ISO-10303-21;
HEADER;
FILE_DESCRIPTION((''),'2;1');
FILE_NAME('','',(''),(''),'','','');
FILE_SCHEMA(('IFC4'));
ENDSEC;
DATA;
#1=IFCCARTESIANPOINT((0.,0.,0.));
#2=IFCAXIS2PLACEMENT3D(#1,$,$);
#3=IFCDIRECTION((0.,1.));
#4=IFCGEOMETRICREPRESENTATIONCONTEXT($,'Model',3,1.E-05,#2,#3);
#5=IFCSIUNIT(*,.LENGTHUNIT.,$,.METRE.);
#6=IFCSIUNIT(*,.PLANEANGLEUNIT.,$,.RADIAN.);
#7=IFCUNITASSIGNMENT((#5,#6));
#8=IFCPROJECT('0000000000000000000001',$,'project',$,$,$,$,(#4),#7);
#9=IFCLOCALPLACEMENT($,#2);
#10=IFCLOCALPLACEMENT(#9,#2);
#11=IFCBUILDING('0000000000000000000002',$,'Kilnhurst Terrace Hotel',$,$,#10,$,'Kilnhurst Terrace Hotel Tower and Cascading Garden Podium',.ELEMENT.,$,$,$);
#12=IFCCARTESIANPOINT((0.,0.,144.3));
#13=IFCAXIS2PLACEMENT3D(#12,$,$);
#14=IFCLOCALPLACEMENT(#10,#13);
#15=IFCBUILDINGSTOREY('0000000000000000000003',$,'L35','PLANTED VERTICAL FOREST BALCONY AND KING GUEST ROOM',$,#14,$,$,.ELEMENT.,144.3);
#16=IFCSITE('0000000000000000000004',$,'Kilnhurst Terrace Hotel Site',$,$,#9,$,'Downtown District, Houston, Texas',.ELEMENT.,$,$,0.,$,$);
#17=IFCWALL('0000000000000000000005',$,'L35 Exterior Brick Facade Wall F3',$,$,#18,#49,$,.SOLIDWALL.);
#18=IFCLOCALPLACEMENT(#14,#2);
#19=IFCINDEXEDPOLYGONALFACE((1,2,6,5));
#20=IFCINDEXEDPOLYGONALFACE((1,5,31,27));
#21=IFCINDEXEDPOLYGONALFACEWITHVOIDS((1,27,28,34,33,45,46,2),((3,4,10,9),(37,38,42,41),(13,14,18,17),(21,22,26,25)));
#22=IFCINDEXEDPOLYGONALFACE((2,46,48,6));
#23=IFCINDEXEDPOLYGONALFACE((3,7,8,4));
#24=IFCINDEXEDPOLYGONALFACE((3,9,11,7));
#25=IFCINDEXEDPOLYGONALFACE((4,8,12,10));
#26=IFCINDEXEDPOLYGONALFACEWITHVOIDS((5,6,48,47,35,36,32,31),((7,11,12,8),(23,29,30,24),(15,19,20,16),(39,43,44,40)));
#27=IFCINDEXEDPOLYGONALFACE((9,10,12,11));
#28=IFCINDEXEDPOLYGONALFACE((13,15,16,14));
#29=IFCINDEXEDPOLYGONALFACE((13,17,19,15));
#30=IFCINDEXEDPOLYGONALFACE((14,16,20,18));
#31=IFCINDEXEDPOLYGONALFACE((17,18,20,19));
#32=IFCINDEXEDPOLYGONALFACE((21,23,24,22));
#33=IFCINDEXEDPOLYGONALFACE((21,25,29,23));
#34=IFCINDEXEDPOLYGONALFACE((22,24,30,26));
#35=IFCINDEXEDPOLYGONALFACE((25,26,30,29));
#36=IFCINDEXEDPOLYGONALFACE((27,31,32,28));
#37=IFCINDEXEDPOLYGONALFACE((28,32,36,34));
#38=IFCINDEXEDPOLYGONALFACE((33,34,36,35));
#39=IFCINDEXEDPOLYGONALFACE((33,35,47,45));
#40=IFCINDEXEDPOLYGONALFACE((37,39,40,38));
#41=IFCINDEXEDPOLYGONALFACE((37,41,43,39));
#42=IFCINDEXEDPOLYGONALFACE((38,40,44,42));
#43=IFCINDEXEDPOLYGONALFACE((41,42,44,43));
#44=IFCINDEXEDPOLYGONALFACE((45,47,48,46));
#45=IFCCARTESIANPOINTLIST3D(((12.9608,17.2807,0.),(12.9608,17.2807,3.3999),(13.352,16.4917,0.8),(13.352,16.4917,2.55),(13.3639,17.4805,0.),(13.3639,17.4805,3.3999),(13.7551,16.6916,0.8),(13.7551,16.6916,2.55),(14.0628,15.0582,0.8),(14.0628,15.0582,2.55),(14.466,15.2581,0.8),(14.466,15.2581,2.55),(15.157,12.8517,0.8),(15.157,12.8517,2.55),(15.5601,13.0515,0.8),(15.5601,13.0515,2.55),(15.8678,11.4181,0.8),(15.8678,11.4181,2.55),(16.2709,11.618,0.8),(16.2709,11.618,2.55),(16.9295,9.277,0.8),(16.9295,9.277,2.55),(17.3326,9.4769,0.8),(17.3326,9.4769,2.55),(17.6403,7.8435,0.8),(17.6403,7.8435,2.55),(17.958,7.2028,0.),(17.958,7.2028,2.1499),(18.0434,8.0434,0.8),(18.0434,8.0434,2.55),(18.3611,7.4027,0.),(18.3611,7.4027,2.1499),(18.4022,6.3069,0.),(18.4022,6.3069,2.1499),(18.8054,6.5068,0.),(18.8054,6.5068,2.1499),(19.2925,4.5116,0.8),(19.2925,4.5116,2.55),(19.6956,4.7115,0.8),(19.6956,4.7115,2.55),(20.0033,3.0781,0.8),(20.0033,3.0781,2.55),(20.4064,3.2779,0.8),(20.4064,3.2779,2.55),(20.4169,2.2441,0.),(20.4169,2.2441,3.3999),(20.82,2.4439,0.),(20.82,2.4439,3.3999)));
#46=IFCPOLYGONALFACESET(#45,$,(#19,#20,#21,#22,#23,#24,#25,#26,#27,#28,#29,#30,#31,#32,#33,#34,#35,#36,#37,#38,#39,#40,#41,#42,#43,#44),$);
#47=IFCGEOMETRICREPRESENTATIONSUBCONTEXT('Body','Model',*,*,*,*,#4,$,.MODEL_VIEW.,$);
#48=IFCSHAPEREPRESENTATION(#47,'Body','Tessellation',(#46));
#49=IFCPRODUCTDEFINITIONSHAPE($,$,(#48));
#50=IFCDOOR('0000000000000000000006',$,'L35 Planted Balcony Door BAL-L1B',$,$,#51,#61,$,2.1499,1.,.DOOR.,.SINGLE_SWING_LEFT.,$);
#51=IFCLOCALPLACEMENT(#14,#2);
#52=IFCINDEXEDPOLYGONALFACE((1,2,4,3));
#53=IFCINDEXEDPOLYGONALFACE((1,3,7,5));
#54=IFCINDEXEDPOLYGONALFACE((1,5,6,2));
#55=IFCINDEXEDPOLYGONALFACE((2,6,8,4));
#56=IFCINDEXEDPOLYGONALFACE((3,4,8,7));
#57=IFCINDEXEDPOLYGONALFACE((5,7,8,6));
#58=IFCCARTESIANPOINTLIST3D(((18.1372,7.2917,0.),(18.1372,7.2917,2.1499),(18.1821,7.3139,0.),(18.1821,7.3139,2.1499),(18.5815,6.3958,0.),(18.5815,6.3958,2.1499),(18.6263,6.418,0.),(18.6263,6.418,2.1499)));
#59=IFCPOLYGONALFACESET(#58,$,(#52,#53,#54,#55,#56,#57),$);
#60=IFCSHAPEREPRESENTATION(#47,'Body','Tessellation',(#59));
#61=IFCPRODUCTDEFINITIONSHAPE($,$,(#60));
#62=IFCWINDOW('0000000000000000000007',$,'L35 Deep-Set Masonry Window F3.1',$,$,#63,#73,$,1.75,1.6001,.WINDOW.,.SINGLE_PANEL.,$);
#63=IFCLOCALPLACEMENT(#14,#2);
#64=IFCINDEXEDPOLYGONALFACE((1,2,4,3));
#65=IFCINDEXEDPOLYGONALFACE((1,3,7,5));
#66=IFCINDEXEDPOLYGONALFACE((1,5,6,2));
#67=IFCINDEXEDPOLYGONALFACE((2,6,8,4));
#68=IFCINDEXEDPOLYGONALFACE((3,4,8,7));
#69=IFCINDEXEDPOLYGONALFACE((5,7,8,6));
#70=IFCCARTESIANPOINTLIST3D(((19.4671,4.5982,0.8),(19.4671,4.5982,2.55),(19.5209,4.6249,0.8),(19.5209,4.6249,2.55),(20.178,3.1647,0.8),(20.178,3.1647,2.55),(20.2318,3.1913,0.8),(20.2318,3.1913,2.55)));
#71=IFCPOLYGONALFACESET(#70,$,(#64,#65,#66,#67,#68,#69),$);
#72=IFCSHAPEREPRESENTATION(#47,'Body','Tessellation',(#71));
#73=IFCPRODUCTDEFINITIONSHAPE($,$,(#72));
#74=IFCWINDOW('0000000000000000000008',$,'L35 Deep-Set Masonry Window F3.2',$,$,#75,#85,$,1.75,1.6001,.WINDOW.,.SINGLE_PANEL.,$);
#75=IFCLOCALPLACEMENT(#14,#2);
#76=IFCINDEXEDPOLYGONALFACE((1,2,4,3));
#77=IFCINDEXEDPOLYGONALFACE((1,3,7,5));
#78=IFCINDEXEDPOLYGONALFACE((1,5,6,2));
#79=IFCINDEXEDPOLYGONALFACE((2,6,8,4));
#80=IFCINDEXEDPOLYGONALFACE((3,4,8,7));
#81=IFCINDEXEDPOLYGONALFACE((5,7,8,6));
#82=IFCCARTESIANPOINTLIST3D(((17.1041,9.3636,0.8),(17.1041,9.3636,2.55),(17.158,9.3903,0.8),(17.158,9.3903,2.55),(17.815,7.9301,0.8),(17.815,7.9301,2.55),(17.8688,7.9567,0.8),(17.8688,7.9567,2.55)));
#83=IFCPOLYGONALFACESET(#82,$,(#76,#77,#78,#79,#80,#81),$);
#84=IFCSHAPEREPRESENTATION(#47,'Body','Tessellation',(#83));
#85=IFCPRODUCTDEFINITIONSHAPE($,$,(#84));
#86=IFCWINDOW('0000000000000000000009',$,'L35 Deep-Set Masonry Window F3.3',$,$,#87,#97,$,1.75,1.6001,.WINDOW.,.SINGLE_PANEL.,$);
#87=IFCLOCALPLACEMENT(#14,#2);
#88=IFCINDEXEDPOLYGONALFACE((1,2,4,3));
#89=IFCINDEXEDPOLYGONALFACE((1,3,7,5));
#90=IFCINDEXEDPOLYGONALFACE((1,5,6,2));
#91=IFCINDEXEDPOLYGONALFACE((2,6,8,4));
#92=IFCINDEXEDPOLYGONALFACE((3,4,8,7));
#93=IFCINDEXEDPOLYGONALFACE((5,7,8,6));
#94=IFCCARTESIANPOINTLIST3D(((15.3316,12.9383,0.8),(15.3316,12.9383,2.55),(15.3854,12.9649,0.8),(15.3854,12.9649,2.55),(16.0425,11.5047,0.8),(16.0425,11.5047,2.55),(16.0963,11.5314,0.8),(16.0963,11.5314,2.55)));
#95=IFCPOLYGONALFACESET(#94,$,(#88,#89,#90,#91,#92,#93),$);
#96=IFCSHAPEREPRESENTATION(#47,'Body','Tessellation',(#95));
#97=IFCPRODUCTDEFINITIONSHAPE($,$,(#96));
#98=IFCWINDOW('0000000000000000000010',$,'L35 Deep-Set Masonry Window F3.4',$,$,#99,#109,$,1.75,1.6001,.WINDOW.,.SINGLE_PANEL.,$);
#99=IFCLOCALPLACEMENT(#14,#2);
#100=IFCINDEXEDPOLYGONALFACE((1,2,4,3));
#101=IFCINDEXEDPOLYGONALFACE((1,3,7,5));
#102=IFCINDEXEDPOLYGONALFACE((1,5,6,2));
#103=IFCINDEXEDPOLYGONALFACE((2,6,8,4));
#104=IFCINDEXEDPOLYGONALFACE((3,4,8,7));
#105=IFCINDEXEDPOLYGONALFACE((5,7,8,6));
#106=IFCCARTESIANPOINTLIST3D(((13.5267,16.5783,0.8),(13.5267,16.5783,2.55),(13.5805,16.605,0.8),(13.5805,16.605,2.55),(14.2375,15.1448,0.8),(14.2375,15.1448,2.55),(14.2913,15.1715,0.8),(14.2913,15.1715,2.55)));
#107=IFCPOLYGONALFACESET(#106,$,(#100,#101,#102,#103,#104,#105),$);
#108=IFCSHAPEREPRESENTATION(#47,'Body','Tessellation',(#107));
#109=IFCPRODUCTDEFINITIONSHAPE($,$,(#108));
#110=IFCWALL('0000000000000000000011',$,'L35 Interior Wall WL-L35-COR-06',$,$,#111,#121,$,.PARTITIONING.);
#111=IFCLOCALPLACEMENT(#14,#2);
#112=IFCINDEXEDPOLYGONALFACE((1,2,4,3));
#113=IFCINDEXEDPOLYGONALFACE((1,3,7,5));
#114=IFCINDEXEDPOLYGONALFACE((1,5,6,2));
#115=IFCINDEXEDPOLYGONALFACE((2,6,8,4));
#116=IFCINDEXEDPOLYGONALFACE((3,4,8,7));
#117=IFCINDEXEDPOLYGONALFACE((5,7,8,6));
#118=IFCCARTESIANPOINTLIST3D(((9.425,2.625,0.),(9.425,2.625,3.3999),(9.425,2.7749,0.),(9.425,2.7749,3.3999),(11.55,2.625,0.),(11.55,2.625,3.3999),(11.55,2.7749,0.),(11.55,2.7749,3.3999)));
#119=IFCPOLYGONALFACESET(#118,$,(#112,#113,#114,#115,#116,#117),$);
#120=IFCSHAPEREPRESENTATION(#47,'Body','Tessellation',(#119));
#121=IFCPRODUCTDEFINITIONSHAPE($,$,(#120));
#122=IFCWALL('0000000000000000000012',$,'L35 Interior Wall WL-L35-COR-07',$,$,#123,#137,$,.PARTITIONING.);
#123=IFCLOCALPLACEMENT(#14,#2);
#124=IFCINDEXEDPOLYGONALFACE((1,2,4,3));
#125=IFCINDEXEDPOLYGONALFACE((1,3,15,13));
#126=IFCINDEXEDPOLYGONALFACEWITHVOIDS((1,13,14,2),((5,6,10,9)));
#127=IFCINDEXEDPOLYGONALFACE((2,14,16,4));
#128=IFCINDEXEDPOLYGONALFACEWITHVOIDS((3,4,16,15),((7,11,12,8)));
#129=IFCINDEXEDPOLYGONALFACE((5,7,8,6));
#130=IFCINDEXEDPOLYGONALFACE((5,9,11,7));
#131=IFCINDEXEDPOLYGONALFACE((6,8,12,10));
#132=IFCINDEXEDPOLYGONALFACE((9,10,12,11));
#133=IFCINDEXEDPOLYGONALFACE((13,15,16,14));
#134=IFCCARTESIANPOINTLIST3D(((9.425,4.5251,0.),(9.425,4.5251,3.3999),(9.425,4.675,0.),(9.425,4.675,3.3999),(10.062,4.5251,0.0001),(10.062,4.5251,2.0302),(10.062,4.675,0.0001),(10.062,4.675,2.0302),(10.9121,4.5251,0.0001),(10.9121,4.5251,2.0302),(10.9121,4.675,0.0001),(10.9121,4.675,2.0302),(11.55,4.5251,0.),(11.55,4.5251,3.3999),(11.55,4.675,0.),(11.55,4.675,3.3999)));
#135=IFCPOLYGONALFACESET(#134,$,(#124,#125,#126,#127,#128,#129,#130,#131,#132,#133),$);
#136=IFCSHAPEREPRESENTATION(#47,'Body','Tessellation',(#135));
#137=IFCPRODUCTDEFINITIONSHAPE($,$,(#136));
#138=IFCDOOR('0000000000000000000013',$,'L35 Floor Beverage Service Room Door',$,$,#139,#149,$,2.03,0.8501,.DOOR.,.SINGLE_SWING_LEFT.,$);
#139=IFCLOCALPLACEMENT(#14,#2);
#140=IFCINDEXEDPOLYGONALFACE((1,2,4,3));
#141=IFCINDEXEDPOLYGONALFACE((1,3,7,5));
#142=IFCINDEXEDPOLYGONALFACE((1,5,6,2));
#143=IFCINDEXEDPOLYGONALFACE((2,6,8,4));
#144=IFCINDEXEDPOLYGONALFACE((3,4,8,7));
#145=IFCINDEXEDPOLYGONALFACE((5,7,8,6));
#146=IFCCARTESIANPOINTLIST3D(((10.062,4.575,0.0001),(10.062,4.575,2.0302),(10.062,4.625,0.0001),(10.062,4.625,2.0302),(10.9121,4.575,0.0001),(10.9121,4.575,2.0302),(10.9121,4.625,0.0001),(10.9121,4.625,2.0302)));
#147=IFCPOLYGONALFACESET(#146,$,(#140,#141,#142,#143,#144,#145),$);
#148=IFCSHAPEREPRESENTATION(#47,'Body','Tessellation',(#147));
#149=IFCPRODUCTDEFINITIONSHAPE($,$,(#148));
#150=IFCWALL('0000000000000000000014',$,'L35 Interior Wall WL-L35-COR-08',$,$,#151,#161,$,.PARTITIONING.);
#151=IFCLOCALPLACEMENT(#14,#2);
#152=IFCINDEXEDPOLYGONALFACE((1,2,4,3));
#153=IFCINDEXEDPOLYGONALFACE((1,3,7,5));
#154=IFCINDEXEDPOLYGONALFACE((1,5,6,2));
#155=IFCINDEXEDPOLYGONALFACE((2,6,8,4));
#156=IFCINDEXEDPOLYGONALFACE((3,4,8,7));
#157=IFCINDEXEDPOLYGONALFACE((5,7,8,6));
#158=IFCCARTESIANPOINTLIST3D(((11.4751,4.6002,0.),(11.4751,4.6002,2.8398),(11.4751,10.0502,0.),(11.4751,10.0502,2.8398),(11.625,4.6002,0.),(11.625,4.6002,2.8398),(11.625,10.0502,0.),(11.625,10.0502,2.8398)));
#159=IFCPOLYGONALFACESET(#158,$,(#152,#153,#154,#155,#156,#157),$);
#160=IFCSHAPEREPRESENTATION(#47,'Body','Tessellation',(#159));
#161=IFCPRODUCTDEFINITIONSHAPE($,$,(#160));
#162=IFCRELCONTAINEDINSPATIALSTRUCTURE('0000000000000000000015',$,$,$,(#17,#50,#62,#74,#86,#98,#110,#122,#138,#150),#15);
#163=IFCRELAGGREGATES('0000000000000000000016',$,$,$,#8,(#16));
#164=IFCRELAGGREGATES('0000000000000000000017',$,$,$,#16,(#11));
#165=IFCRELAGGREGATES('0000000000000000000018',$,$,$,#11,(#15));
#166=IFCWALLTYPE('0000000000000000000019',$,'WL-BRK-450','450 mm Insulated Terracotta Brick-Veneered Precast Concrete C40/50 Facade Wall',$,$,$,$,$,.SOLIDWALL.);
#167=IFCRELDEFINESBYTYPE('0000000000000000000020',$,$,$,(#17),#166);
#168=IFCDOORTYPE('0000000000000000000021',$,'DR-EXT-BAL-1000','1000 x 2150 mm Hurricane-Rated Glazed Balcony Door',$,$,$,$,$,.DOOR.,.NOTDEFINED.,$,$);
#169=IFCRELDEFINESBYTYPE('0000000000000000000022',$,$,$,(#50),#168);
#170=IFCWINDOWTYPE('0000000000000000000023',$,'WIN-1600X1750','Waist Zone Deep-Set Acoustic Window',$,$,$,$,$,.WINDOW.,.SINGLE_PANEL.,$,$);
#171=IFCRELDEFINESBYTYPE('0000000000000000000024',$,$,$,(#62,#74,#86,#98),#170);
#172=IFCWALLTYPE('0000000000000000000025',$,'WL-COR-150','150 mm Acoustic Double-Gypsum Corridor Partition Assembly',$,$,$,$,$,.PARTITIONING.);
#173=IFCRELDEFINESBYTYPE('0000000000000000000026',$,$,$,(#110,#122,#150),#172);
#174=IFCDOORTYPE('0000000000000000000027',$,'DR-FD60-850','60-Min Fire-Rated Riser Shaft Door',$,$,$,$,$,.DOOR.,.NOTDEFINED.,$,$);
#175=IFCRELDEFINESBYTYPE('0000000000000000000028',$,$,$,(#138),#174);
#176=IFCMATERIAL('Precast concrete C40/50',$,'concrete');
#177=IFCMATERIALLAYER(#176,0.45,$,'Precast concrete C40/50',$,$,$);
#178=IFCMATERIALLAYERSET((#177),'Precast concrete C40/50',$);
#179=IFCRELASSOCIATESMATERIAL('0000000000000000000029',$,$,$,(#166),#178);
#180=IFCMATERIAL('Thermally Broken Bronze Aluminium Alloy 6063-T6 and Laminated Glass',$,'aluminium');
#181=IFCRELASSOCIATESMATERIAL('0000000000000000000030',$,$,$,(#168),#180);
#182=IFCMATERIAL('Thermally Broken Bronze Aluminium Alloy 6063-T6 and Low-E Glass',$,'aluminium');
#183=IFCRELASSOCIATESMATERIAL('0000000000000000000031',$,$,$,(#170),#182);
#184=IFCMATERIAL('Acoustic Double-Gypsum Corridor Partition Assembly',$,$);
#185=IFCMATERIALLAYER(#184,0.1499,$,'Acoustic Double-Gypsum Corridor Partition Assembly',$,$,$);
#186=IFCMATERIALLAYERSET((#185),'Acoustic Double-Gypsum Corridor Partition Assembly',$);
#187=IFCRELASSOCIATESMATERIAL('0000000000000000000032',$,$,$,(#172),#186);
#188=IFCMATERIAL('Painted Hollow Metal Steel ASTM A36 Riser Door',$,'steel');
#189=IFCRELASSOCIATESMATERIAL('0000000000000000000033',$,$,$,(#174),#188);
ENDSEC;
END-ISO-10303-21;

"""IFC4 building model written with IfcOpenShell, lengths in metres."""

from ifc_helpers import new_model, si_unit, direction, frame, frame_2d, origin, place, context, subcontext, project, spatial, rectangle, extrude, material, layer, layer_set, type_object, element, fill, save


model = new_model("IFC4")

# Units and contexts
model_context = context("Model", 3, precision=1e-05, world=origin(), true_north=direction((0.0, 1.0)))
body_context = subcontext(model_context, "Body", "Model", "MODEL_VIEW")
ifc_project = project(units=[si_unit("LENGTHUNIT", "METRE"), si_unit("PLANEANGLEUNIT", "RADIAN")], contexts=[model_context])

# Site, building, storey
site_placement = place(None, origin())
site = spatial("IfcSite", under=ifc_project, at=site_placement, Name="Kilnhurst Terrace Hotel Site", LongName="Downtown District, Houston, Texas", CompositionType="ELEMENT", RefElevation=0.0)
building_placement = place(site_placement, origin())
building = spatial("IfcBuilding", under=site, at=building_placement, Name="Kilnhurst Terrace Hotel", LongName="Kilnhurst Terrace Hotel Tower and Cascading Garden Podium", CompositionType="ELEMENT")
storey_placement = place(building_placement, frame((0.0, 0.0, 144.3)))
storey = spatial("IfcBuildingStorey", under=building, at=storey_placement, Name="L35", Description="PLANTED VERTICAL FOREST BALCONY AND KING GUEST ROOM", CompositionType="ELEMENT", Elevation=144.3)

# Shared definitions
ifc_material_1 = material(Name="Precast concrete C40/50", Category="concrete")
ifc_layer_1 = layer(ifc_material_1, 0.45, Name="Precast concrete C40/50")
ifc_layer_set_1 = layer_set([ifc_layer_1], Name="Precast concrete C40/50")
wall_type_1 = type_object("IfcWallType", Name="WL-BRK-450", Description="450 mm Insulated Terracotta Brick-Veneered Precast Concrete C40/50 Facade Wall", PredefinedType="SOLIDWALL", material=ifc_layer_set_1)

# Wall, openings, door, windows
wall_1_placement = place(storey_placement, frame((20.6184, 2.344, 0.0), z_axis=(0.0, 0.0, 1.0), x_axis=(-0.444244, 0.895906, 0.0)))
wall_1 = element("IfcWall", 1, at=wall_1_placement, inside=storey, type_object=wall_type_1, Name="L35 Exterior Brick Facade Wall F3", PredefinedType="SOLIDWALL", context=body_context, shape_type="SweptSolid", body=[
    extrude(rectangle(XDim=16.7837, YDim=0.45, at=frame_2d((8.3918, 0.0))), origin(), (0.0, 0.0, 1.0), 3.3999),
])
opening_1_placement = place(wall_1_placement, frame((4.5349, 0.0, 0.0)))
opening_1 = element("IfcOpeningElement", 2, at=opening_1_placement, cuts=wall_1, PredefinedType="OPENING", context=body_context, shape_type="SweptSolid", body=[
    extrude(rectangle(XDim=1.0, YDim=2.1499, at=frame_2d((0.5, 1.075))), frame((0.0, 0.2349, 0.0), z_axis=(0.0, -1.0, 0.0), x_axis=(1.0, 0.0, 0.0)), (0.0, 0.0, 1.0), 0.47),
])
opening_2_placement = place(wall_1_placement, frame((0.9309, 0.0, 0.8)))
opening_2 = element("IfcOpeningElement", 3, at=opening_2_placement, cuts=wall_1, PredefinedType="OPENING", context=body_context, shape_type="SweptSolid", body=[
    extrude(rectangle(XDim=1.6001, YDim=1.75, at=frame_2d((0.8, 0.875))), frame((0.0, 0.2349, 0.0), z_axis=(0.0, -1.0, 0.0), x_axis=(1.0, 0.0, 0.0)), (0.0, 0.0, 1.0), 0.47),
])
opening_3_placement = place(wall_1_placement, frame((6.25, 0.0, 0.8)))
opening_3 = element("IfcOpeningElement", 4, at=opening_3_placement, cuts=wall_1, PredefinedType="OPENING", context=body_context, shape_type="SweptSolid", body=[
    extrude(rectangle(XDim=1.6001, YDim=1.75, at=frame_2d((0.8, 0.875))), frame((0.0, 0.2349, 0.0), z_axis=(0.0, -1.0, 0.0), x_axis=(1.0, 0.0, 0.0)), (0.0, 0.0, 1.0), 0.47),
])
opening_4_placement = place(wall_1_placement, frame((10.24, 0.0, 0.8)))
opening_4 = element("IfcOpeningElement", 5, at=opening_4_placement, cuts=wall_1, PredefinedType="OPENING", context=body_context, shape_type="SweptSolid", body=[
    extrude(rectangle(XDim=1.6001, YDim=1.75, at=frame_2d((0.8, 0.875))), frame((0.0, 0.2349, 0.0), z_axis=(0.0, -1.0, 0.0), x_axis=(1.0, 0.0, 0.0)), (0.0, 0.0, 1.0), 0.47),
])
opening_5_placement = place(wall_1_placement, frame((14.303, 0.0, 0.8)))
opening_5 = element("IfcOpeningElement", 6, at=opening_5_placement, cuts=wall_1, PredefinedType="OPENING", context=body_context, shape_type="SweptSolid", body=[
    extrude(rectangle(XDim=1.6001, YDim=1.75, at=frame_2d((0.8, 0.875))), frame((0.0, 0.2349, 0.0), z_axis=(0.0, -1.0, 0.0), x_axis=(1.0, 0.0, 0.0)), (0.0, 0.0, 1.0), 0.47),
])
ifc_material_2 = material(Name="Thermally Broken Bronze Aluminium Alloy 6063-T6 and Laminated Glass", Category="aluminium")
door_type_1 = type_object("IfcDoorType", Name="DR-EXT-BAL-1000", Description="1000 x 2150 mm Hurricane-Rated Glazed Balcony Door", OperationType="NOTDEFINED", PredefinedType="DOOR", material=ifc_material_2)
door_1_placement = place(opening_1_placement, origin())
door_1 = element("IfcDoor", 7, at=door_1_placement, inside=storey, type_object=door_type_1, Name="L35 Planted Balcony Door BAL-L1B", OperationType="SINGLE_SWING_LEFT", OverallHeight=2.1499, OverallWidth=1.0, PredefinedType="DOOR", context=body_context, shape_type="SweptSolid", body=[
    extrude(rectangle(XDim=1.0, YDim=2.1499, at=frame_2d((0.5, 1.075))), frame((0.0, 0.0249, 0.0), z_axis=(0.0, -1.0, 0.0), x_axis=(1.0, 0.0, 0.0)), (0.0, 0.0, 1.0), 0.05),
])
fill(opening_1, door_1)
ifc_material_3 = material(Name="Thermally Broken Bronze Aluminium Alloy 6063-T6 and Low-E Glass", Category="aluminium")
window_type = type_object("IfcWindowType", Name="WIN-1600X1750", Description="Waist Zone Deep-Set Acoustic Window", PartitioningType="SINGLE_PANEL", PredefinedType="WINDOW", material=ifc_material_3)
window_1_placement = place(opening_2_placement, origin())
window_1 = element("IfcWindow", 8, at=window_1_placement, inside=storey, type_object=window_type, Name="L35 Deep-Set Masonry Window F3.1", OverallHeight=1.75, OverallWidth=1.6001, PartitioningType="SINGLE_PANEL", PredefinedType="WINDOW", context=body_context, shape_type="SweptSolid", body=[
    extrude(rectangle(XDim=1.6001, YDim=1.75, at=frame_2d((0.8, 0.875))), frame((0.0, 0.03, 0.0), z_axis=(0.0, -1.0, 0.0), x_axis=(1.0, 0.0, 0.0)), (0.0, 0.0, 1.0), 0.0601),
])
fill(opening_2, window_1)
window_2_placement = place(opening_3_placement, origin())
window_2 = element("IfcWindow", 9, at=window_2_placement, inside=storey, type_object=window_type, Name="L35 Deep-Set Masonry Window F3.2", OverallHeight=1.75, OverallWidth=1.6001, PartitioningType="SINGLE_PANEL", PredefinedType="WINDOW", context=body_context, shape_type="SweptSolid", body=[
    extrude(rectangle(XDim=1.6001, YDim=1.75, at=frame_2d((0.8, 0.875))), frame((0.0, 0.03, 0.0), z_axis=(0.0, -1.0, 0.0), x_axis=(1.0, 0.0, 0.0)), (0.0, 0.0, 1.0), 0.0601),
])
fill(opening_3, window_2)
window_3_placement = place(opening_4_placement, origin())
window_3 = element("IfcWindow", 10, at=window_3_placement, inside=storey, type_object=window_type, Name="L35 Deep-Set Masonry Window F3.3", OverallHeight=1.75, OverallWidth=1.6001, PartitioningType="SINGLE_PANEL", PredefinedType="WINDOW", context=body_context, shape_type="SweptSolid", body=[
    extrude(rectangle(XDim=1.6001, YDim=1.75, at=frame_2d((0.8, 0.875))), frame((0.0, 0.03, 0.0), z_axis=(0.0, -1.0, 0.0), x_axis=(1.0, 0.0, 0.0)), (0.0, 0.0, 1.0), 0.0601),
])
fill(opening_4, window_3)
window_4_placement = place(opening_5_placement, origin())
window_4 = element("IfcWindow", 11, at=window_4_placement, inside=storey, type_object=window_type, Name="L35 Deep-Set Masonry Window F3.4", OverallHeight=1.75, OverallWidth=1.6001, PartitioningType="SINGLE_PANEL", PredefinedType="WINDOW", context=body_context, shape_type="SweptSolid", body=[
    extrude(rectangle(XDim=1.6001, YDim=1.75, at=frame_2d((0.8, 0.875))), frame((0.0, 0.03, 0.0), z_axis=(0.0, -1.0, 0.0), x_axis=(1.0, 0.0, 0.0)), (0.0, 0.0, 1.0), 0.0601),
])
fill(opening_5, window_4)

# Wall
ifc_material_4 = material(Name="Acoustic Double-Gypsum Corridor Partition Assembly")
ifc_layer_2 = layer(ifc_material_4, 0.1499, Name="Acoustic Double-Gypsum Corridor Partition Assembly")
ifc_layer_set_2 = layer_set([ifc_layer_2], Name="Acoustic Double-Gypsum Corridor Partition Assembly")
wall_type_2 = type_object("IfcWallType", Name="WL-COR-150", Description="150 mm Acoustic Double-Gypsum Corridor Partition Assembly", PredefinedType="PARTITIONING", material=ifc_layer_set_2)
wall_2_placement = place(storey_placement, frame((11.55, 2.7, 0.0), z_axis=(0.0, 0.0, 1.0), x_axis=(-1.0, 0.0, 0.0)))
element("IfcWall", 12, at=wall_2_placement, inside=storey, type_object=wall_type_2, Name="L35 Interior Wall WL-L35-COR-06", PredefinedType="PARTITIONING", context=body_context, shape_type="SweptSolid", body=[
    extrude(rectangle(XDim=2.125, YDim=0.1499, at=frame_2d((1.0625, 0.0))), origin(), (0.0, 0.0, 1.0), 3.3999),
])

# Wall, opening, door
wall_3_placement = place(storey_placement, frame((9.425, 4.6001, 0.0), z_axis=(0.0, 0.0, 1.0), x_axis=(1.0, 0.0, 0.0)))
wall_3 = element("IfcWall", 13, at=wall_3_placement, inside=storey, type_object=wall_type_2, Name="L35 Interior Wall WL-L35-COR-07", PredefinedType="PARTITIONING", context=body_context, shape_type="SweptSolid", body=[
    extrude(rectangle(XDim=2.125, YDim=0.1499, at=frame_2d((1.0625, 0.0))), origin(), (0.0, 0.0, 1.0), 3.3999),
])
opening_6_placement = place(wall_3_placement, frame((0.637, 0.0, 0.0)))
opening_6 = element("IfcOpeningElement", 14, at=opening_6_placement, cuts=wall_3, PredefinedType="OPENING", context=body_context, shape_type="SweptSolid", body=[
    extrude(rectangle(XDim=0.8501, YDim=2.03, at=frame_2d((0.425, 1.0151))), frame((0.0, 0.085, 0.0), z_axis=(0.0, -1.0, 0.0), x_axis=(1.0, 0.0, 0.0)), (0.0, 0.0, 1.0), 0.1699),
])
ifc_material_5 = material(Name="Painted Hollow Metal Steel ASTM A36 Riser Door", Category="steel")
door_type_2 = type_object("IfcDoorType", Name="DR-FD60-850", Description="60-Min Fire-Rated Riser Shaft Door", OperationType="NOTDEFINED", PredefinedType="DOOR", material=ifc_material_5)
door_2_placement = place(opening_6_placement, origin())
door_2 = element("IfcDoor", 15, at=door_2_placement, inside=storey, type_object=door_type_2, Name="L35 Floor Beverage Service Room Door", OperationType="SINGLE_SWING_LEFT", OverallHeight=2.03, OverallWidth=0.8501, PredefinedType="DOOR", context=body_context, shape_type="SweptSolid", body=[
    extrude(rectangle(XDim=0.8501, YDim=2.03, at=frame_2d((0.425, 1.0151))), frame((0.0, 0.0249, 0.0), z_axis=(0.0, -1.0, 0.0), x_axis=(1.0, 0.0, 0.0)), (0.0, 0.0, 1.0), 0.05),
])
fill(opening_6, door_2)

# Wall
wall_4_placement = place(storey_placement, frame((11.55, 4.6001, 0.0), z_axis=(0.0, 0.0, 1.0), x_axis=(0.0, 1.0, 0.0)))
element("IfcWall", 16, at=wall_4_placement, inside=storey, type_object=wall_type_2, Name="L35 Interior Wall WL-L35-COR-08", PredefinedType="PARTITIONING", context=body_context, shape_type="SweptSolid", body=[
    extrude(rectangle(XDim=5.45, YDim=0.1499, at=frame_2d((2.7251, 0.0))), origin(), (0.0, 0.0, 1.0), 2.8398),
])

save(model, "model.ifc")
